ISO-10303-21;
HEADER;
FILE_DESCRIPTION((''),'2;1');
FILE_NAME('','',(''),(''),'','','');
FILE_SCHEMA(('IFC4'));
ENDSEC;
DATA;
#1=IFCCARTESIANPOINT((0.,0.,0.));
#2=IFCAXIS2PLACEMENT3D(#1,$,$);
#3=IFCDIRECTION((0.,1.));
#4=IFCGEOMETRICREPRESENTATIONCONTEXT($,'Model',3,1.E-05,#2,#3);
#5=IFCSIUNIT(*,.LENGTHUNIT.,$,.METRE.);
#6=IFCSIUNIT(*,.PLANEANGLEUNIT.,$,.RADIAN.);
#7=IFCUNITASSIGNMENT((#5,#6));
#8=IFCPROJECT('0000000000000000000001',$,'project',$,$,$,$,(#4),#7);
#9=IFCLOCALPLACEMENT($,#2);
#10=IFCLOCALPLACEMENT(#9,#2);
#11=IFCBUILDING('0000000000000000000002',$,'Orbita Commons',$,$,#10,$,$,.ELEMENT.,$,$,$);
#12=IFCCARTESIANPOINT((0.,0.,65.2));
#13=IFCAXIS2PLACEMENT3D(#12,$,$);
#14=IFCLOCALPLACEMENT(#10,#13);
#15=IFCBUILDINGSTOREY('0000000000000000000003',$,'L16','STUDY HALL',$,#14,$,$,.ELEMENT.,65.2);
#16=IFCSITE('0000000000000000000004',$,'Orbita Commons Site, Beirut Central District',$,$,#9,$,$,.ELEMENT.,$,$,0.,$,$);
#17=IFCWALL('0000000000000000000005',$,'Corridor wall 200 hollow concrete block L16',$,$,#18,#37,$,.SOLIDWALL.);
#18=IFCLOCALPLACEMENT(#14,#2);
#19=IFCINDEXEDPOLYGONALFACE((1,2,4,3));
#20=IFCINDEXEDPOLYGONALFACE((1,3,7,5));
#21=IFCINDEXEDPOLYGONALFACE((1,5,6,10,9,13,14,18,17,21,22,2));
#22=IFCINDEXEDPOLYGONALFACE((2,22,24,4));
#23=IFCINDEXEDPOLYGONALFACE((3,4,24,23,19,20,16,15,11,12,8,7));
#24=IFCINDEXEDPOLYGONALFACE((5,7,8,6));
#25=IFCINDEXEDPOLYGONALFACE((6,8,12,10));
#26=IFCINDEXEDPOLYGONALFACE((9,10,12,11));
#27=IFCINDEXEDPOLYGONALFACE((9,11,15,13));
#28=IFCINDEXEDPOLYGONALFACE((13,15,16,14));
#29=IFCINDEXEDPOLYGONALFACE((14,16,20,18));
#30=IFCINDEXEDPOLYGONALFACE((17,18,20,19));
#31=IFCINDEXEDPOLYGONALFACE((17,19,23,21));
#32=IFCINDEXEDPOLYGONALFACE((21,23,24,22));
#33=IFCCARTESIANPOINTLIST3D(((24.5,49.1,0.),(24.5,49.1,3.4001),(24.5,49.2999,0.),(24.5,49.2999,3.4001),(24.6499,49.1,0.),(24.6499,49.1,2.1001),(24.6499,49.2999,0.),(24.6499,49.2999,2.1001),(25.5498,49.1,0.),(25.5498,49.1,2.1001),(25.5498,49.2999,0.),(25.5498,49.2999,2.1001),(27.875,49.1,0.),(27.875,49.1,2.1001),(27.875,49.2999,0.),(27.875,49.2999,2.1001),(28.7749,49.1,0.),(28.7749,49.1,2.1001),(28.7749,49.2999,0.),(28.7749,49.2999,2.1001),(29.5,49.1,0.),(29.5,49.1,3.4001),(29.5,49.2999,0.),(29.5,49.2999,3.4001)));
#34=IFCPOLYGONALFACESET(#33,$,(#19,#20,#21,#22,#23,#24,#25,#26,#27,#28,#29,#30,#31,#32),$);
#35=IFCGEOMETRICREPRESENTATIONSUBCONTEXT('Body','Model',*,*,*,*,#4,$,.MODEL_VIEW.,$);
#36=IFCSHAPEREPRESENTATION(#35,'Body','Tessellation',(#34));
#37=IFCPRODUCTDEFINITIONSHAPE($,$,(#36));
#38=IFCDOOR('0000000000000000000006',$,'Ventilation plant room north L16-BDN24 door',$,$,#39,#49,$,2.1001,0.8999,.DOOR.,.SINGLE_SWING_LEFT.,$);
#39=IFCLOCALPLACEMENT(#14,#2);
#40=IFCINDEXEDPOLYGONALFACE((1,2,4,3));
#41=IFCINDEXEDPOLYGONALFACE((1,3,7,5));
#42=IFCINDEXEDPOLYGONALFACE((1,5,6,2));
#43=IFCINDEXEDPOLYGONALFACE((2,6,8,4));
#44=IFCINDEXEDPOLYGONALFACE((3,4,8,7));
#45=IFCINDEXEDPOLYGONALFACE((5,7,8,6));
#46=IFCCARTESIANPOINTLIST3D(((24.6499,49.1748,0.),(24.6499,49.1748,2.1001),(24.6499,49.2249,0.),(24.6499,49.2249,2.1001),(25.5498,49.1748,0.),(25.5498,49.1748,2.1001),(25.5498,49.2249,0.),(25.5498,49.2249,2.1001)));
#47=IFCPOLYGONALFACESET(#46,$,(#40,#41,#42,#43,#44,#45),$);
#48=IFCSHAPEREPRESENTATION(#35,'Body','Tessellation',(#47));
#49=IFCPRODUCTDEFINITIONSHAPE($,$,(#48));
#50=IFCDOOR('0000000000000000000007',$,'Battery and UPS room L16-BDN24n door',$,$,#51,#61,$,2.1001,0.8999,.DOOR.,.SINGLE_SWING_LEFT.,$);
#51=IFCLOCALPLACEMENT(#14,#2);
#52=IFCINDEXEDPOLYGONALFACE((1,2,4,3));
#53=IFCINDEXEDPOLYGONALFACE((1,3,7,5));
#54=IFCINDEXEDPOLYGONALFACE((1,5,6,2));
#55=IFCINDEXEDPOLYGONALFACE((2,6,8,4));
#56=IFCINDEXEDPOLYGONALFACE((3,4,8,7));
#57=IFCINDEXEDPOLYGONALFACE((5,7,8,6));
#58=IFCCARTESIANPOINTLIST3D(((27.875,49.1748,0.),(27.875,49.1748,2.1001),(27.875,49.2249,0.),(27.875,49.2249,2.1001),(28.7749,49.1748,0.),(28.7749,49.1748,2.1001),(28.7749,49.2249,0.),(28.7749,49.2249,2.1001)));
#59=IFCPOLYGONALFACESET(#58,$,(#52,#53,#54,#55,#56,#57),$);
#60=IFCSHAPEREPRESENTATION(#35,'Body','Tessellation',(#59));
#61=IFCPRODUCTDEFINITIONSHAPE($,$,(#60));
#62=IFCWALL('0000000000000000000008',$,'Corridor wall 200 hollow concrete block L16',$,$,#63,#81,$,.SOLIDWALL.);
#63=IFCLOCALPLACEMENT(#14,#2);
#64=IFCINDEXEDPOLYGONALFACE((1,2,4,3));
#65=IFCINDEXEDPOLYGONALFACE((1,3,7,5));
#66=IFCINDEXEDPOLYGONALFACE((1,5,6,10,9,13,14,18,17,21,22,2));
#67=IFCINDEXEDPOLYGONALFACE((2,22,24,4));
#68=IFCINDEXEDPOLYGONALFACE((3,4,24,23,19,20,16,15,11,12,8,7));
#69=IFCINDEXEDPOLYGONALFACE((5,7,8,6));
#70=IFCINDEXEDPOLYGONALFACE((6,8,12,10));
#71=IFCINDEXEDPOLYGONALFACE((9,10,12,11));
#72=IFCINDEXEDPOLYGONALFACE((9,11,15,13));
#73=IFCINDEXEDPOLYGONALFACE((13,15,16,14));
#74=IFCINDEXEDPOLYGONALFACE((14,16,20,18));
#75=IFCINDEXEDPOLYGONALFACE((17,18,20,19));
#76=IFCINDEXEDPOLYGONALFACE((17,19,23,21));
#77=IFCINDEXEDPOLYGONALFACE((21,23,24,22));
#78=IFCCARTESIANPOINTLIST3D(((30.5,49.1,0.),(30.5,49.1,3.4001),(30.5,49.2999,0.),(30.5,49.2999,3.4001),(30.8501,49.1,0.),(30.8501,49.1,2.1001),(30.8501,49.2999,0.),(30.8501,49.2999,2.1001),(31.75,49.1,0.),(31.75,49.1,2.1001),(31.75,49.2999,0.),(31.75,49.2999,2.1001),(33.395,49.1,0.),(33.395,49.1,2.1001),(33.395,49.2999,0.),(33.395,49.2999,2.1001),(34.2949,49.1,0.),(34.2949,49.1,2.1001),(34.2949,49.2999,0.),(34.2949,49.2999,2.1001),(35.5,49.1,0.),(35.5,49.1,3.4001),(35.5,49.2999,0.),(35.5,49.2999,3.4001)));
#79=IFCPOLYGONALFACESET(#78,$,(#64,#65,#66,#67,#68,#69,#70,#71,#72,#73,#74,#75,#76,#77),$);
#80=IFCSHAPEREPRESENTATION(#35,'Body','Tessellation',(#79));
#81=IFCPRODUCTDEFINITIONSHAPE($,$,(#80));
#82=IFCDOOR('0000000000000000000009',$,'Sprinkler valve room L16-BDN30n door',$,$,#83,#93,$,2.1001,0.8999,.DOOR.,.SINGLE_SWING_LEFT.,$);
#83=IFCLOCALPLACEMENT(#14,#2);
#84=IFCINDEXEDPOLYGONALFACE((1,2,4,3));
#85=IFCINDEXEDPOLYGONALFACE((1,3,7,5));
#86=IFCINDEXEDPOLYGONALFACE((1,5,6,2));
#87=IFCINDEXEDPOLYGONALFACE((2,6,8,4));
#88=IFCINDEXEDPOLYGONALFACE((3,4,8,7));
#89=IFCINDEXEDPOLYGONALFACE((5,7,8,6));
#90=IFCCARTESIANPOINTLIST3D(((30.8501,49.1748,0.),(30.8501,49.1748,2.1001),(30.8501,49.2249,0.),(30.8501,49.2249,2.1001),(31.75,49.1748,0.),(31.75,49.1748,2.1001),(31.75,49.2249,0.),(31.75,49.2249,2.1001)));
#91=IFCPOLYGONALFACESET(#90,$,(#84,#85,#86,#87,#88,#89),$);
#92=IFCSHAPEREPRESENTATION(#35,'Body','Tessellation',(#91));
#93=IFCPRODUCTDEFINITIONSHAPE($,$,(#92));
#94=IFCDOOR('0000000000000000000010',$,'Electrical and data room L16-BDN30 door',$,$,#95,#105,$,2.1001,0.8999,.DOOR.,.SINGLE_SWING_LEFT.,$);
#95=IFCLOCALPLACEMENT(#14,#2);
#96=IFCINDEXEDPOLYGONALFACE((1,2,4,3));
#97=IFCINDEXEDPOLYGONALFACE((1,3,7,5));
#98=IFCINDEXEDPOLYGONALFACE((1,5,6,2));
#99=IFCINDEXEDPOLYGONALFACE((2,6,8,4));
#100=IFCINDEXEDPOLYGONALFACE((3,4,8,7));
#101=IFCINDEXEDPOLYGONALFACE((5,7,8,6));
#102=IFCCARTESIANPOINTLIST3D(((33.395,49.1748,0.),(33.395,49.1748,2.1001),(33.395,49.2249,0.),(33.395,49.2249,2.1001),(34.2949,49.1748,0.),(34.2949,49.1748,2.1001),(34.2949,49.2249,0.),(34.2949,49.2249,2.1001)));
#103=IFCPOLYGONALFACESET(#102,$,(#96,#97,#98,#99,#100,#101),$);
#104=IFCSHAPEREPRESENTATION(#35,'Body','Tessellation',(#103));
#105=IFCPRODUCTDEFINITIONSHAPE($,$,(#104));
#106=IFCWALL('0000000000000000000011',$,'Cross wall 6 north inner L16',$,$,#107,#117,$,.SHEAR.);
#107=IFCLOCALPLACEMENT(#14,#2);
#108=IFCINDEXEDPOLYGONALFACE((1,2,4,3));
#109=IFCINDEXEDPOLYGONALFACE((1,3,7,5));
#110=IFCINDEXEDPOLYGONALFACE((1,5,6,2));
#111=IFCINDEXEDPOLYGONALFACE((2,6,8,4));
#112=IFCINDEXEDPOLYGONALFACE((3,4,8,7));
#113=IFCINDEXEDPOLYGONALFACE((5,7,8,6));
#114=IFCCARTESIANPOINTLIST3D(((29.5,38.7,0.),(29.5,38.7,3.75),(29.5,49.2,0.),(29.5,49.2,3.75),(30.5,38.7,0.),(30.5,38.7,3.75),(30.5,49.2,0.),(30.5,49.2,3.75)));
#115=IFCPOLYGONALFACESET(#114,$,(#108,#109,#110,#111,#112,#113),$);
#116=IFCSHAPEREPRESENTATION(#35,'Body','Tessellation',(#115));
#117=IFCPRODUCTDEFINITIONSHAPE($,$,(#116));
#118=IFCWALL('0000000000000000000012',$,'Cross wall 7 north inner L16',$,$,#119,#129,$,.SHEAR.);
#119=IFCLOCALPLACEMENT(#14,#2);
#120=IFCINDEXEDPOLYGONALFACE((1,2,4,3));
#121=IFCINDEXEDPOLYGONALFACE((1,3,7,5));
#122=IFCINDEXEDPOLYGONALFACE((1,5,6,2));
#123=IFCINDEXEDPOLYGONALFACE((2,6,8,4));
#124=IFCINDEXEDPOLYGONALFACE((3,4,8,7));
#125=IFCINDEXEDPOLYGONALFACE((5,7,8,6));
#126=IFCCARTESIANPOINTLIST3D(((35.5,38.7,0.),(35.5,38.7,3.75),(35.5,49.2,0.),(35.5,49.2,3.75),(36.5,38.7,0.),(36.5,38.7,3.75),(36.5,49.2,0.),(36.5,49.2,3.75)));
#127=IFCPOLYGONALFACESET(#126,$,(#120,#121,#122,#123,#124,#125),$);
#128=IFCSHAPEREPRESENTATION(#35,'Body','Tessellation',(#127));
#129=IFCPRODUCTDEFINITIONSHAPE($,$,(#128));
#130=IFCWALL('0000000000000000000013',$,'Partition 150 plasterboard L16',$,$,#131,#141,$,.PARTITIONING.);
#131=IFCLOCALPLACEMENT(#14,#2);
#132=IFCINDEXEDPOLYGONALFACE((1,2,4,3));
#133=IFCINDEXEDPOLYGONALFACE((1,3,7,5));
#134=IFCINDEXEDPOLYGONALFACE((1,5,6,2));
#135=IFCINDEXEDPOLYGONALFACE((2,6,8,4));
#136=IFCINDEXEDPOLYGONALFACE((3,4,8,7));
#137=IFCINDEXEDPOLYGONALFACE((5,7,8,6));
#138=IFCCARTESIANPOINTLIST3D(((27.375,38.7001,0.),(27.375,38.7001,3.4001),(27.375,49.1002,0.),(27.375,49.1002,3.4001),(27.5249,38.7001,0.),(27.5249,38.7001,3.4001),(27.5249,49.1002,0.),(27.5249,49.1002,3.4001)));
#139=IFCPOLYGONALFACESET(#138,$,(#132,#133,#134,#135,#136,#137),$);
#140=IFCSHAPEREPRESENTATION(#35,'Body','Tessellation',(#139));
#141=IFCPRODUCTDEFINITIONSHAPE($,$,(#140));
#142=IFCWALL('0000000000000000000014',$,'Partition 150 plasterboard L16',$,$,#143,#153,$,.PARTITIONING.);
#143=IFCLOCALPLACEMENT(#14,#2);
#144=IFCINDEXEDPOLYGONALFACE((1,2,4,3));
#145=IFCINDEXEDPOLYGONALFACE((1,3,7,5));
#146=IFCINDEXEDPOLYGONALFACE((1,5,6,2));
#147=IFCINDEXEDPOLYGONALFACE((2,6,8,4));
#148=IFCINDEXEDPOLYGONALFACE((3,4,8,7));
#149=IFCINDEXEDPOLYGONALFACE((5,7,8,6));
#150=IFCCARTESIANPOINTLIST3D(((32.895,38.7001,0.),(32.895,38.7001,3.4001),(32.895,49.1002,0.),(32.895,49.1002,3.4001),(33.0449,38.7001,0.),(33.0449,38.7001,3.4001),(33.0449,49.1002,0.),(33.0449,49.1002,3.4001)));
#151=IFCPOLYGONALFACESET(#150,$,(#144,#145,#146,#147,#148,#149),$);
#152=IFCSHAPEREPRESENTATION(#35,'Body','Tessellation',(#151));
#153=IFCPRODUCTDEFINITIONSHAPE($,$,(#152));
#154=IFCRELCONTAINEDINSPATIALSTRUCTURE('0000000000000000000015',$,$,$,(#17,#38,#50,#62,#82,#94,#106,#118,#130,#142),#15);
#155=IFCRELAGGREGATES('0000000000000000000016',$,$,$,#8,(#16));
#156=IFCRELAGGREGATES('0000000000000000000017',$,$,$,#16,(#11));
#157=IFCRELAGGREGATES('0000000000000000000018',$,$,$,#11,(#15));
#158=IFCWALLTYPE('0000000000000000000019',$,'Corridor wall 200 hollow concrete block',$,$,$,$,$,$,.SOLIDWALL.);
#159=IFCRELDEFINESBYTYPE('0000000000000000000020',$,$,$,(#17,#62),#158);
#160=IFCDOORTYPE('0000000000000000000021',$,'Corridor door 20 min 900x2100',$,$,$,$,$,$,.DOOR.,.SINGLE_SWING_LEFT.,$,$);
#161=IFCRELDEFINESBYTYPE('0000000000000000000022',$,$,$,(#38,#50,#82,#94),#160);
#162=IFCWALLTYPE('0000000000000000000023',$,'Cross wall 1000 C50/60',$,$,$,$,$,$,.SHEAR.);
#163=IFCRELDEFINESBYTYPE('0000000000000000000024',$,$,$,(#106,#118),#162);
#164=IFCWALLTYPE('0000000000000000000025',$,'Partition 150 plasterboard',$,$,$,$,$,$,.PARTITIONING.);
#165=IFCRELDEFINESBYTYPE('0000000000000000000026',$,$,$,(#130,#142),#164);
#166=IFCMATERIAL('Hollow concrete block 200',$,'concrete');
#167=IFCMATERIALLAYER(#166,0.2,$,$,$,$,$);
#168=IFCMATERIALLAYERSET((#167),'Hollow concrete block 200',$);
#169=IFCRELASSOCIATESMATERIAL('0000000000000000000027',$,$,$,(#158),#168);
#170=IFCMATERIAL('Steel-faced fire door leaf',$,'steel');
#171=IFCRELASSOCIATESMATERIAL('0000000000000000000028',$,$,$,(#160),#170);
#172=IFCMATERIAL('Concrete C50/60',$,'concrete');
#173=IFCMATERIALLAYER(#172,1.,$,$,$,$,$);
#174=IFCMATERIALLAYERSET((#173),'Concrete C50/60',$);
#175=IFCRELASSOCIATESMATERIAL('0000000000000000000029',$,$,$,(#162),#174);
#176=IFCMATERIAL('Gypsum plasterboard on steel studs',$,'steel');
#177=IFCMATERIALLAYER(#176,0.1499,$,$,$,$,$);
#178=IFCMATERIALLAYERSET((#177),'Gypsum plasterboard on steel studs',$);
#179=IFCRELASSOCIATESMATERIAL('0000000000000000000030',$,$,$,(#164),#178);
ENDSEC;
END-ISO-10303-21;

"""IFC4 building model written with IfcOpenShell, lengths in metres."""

from ifc_helpers import new_model, si_unit, direction, frame, frame_2d, origin, place, context, subcontext, project, spatial, rectangle, extrude, material, layer, layer_set, type_object, element, fill, save


model = new_model("IFC4")

# Units and contexts
model_context = context("Model", 3, precision=1e-05, world=origin(), true_north=direction((0.0, 1.0)))
body_context = subcontext(model_context, "Body", "Model", "MODEL_VIEW")
ifc_project = project(units=[si_unit("LENGTHUNIT", "METRE"), si_unit("PLANEANGLEUNIT", "RADIAN")], contexts=[model_context])

# Site, building, storey
site_placement = place(None, origin())
site = spatial("IfcSite", under=ifc_project, at=site_placement, Name="Orbita Commons Site, Beirut Central District", CompositionType="ELEMENT", RefElevation=0.0)
building_placement = place(site_placement, origin())
building = spatial("IfcBuilding", under=site, at=building_placement, Name="Orbita Commons", CompositionType="ELEMENT")
storey_placement = place(building_placement, frame((0.0, 0.0, 65.2)))
storey = spatial("IfcBuildingStorey", under=building, at=storey_placement, Name="L16", Description="STUDY HALL", CompositionType="ELEMENT", Elevation=65.2)

# Walls, openings, doors
ifc_material_1 = material(Name="Hollow concrete block 200", Category="concrete")
ifc_layer_1 = layer(ifc_material_1, 0.2)
ifc_layer_set_1 = layer_set([ifc_layer_1], Name="Hollow concrete block 200")
wall_type_1 = type_object("IfcWallType", Name="Corridor wall 200 hollow concrete block", PredefinedType="SOLIDWALL", material=ifc_layer_set_1)
wall_1_placement = place(storey_placement, frame((24.5, 49.2, 0.0), z_axis=(0.0, 0.0, 1.0), x_axis=(1.0, 0.0, 0.0)))
wall_1 = element("IfcWall", 1, at=wall_1_placement, inside=storey, type_object=wall_type_1, Name="Corridor wall 200 hollow concrete block L16", PredefinedType="SOLIDWALL", context=body_context, shape_type="SweptSolid", body=[
    extrude(rectangle(XDim=5.0, YDim=0.2, at=frame_2d((2.5, 0.0))), origin(), (0.0, 0.0, 1.0), 3.4001),
])
opening_1_placement = place(wall_1_placement, frame((0.1499, 0.0, 0.0)))
opening_1 = element("IfcOpeningElement", 2, at=opening_1_placement, cuts=wall_1, PredefinedType="OPENING", context=body_context, shape_type="SweptSolid", body=[
    extrude(rectangle(XDim=0.8999, YDim=2.1001, at=frame_2d((0.45, 1.05))), frame((0.0, 0.1099, 0.0), z_axis=(0.0, -1.0, 0.0), x_axis=(1.0, 0.0, 0.0)), (0.0, 0.0, 1.0), 0.22),
])
opening_2_placement = place(wall_1_placement, frame((3.375, 0.0, 0.0)))
opening_2 = element("IfcOpeningElement", 3, at=opening_2_placement, cuts=wall_1, PredefinedType="OPENING", context=body_context, shape_type="SweptSolid", body=[
    extrude(rectangle(XDim=0.8999, YDim=2.1001, at=frame_2d((0.45, 1.05))), frame((0.0, 0.1099, 0.0), z_axis=(0.0, -1.0, 0.0), x_axis=(1.0, 0.0, 0.0)), (0.0, 0.0, 1.0), 0.22),
])
ifc_material_2 = material(Name="Steel-faced fire door leaf", Category="steel")
door_type_1 = type_object("IfcDoorType", Name="Corridor door 20 min 900x2100", OperationType="SINGLE_SWING_LEFT", PredefinedType="DOOR", material=ifc_material_2)
door_1_placement = place(opening_1_placement, origin())
door_1 = element("IfcDoor", 4, at=door_1_placement, inside=storey, type_object=door_type_1, Name="Ventilation plant room north L16-BDN24 door", OperationType="SINGLE_SWING_LEFT", OverallHeight=2.1001, OverallWidth=0.8999, PredefinedType="DOOR", context=body_context, shape_type="SweptSolid", body=[
    extrude(rectangle(XDim=0.8999, YDim=2.1001, at=frame_2d((0.45, 1.05))), frame((0.0, 0.0249, 0.0), z_axis=(0.0, -1.0, 0.0), x_axis=(1.0, 0.0, 0.0)), (0.0, 0.0, 1.0), 0.05),
])
fill(opening_1, door_1)
door_2_placement = place(opening_2_placement, origin())
door_2 = element("IfcDoor", 5, at=door_2_placement, inside=storey, type_object=door_type_1, Name="Battery and UPS room L16-BDN24n door", OperationType="SINGLE_SWING_LEFT", OverallHeight=2.1001, OverallWidth=0.8999, PredefinedType="DOOR", context=body_context, shape_type="SweptSolid", body=[
    extrude(rectangle(XDim=0.8999, YDim=2.1001, at=frame_2d((0.45, 1.05))), frame((0.0, 0.0249, 0.0), z_axis=(0.0, -1.0, 0.0), x_axis=(1.0, 0.0, 0.0)), (0.0, 0.0, 1.0), 0.05),
])
fill(opening_2, door_2)
wall_2_placement = place(storey_placement, frame((30.5, 49.2, 0.0), z_axis=(0.0, 0.0, 1.0), x_axis=(1.0, 0.0, 0.0)))
wall_2 = element("IfcWall", 6, at=wall_2_placement, inside=storey, type_object=wall_type_1, Name="Corridor wall 200 hollow concrete block L16", PredefinedType="SOLIDWALL", context=body_context, shape_type="SweptSolid", body=[
    extrude(rectangle(XDim=5.0, YDim=0.2, at=frame_2d((2.5, 0.0))), origin(), (0.0, 0.0, 1.0), 3.4001),
])
opening_3_placement = place(wall_2_placement, frame((0.3501, 0.0, 0.0)))
opening_3 = element("IfcOpeningElement", 7, at=opening_3_placement, cuts=wall_2, PredefinedType="OPENING", context=body_context, shape_type="SweptSolid", body=[
    extrude(rectangle(XDim=0.8999, YDim=2.1001, at=frame_2d((0.45, 1.05))), frame((0.0, 0.1099, 0.0), z_axis=(0.0, -1.0, 0.0), x_axis=(1.0, 0.0, 0.0)), (0.0, 0.0, 1.0), 0.22),
])
opening_4_placement = place(wall_2_placement, frame((2.895, 0.0, 0.0)))
opening_4 = element("IfcOpeningElement", 8, at=opening_4_placement, cuts=wall_2, PredefinedType="OPENING", context=body_context, shape_type="SweptSolid", body=[
    extrude(rectangle(XDim=0.8999, YDim=2.1001, at=frame_2d((0.45, 1.05))), frame((0.0, 0.1099, 0.0), z_axis=(0.0, -1.0, 0.0), x_axis=(1.0, 0.0, 0.0)), (0.0, 0.0, 1.0), 0.22),
])
door_3_placement = place(opening_3_placement, origin())
door_3 = element("IfcDoor", 9, at=door_3_placement, inside=storey, type_object=door_type_1, Name="Sprinkler valve room L16-BDN30n door", OperationType="SINGLE_SWING_LEFT", OverallHeight=2.1001, OverallWidth=0.8999, PredefinedType="DOOR", context=body_context, shape_type="SweptSolid", body=[
    extrude(rectangle(XDim=0.8999, YDim=2.1001, at=frame_2d((0.45, 1.05))), frame((0.0, 0.0249, 0.0), z_axis=(0.0, -1.0, 0.0), x_axis=(1.0, 0.0, 0.0)), (0.0, 0.0, 1.0), 0.05),
])
fill(opening_3, door_3)
door_4_placement = place(opening_4_placement, origin())
door_4 = element("IfcDoor", 10, at=door_4_placement, inside=storey, type_object=door_type_1, Name="Electrical and data room L16-BDN30 door", OperationType="SINGLE_SWING_LEFT", OverallHeight=2.1001, OverallWidth=0.8999, PredefinedType="DOOR", context=body_context, shape_type="SweptSolid", body=[
    extrude(rectangle(XDim=0.8999, YDim=2.1001, at=frame_2d((0.45, 1.05))), frame((0.0, 0.0249, 0.0), z_axis=(0.0, -1.0, 0.0), x_axis=(1.0, 0.0, 0.0)), (0.0, 0.0, 1.0), 0.05),
])
fill(opening_4, door_4)

# Walls
ifc_material_3 = material(Name="Concrete C50/60", Category="concrete")
ifc_layer_2 = layer(ifc_material_3, 1.0)
ifc_layer_set_2 = layer_set([ifc_layer_2], Name="Concrete C50/60")
wall_type_2 = type_object("IfcWallType", Name="Cross wall 1000 C50/60", PredefinedType="SHEAR", material=ifc_layer_set_2)
for number, where, z_axis, x_axis, name in (
    (11, (30.0, 38.7, 0.0), (0.0, 0.0, 1.0), (0.0, 1.0, 0.0), "Cross wall 6 north inner L16"),
    (12, (36.0, 38.7, 0.0), (0.0, 0.0, 1.0), (0.0, 1.0, 0.0), "Cross wall 7 north inner L16"),
):
    element("IfcWall", number, at=place(storey_placement, frame(where, z_axis=z_axis, x_axis=x_axis)), inside=storey, type_object=wall_type_2, Name=name, PredefinedType="SHEAR", context=body_context, shape_type="SweptSolid", body=[
        extrude(rectangle(XDim=10.5, YDim=1.0, at=frame_2d((5.25, 0.0))), origin(), (0.0, 0.0, 1.0), 3.75),
    ])
ifc_material_4 = material(Name="Gypsum plasterboard on steel studs", Category="steel")
ifc_layer_3 = layer(ifc_material_4, 0.1499)
ifc_layer_set_3 = layer_set([ifc_layer_3], Name="Gypsum plasterboard on steel studs")
wall_type_3 = type_object("IfcWallType", Name="Partition 150 plasterboard", PredefinedType="PARTITIONING", material=ifc_layer_set_3)
for number, where, z_axis, x_axis, name in (
    (13, (27.45, 38.7, 0.0), (0.0, 0.0, 1.0), (0.0, 1.0, 0.0), "Partition 150 plasterboard L16"),
    (14, (32.97, 38.7, 0.0), (0.0, 0.0, 1.0), (0.0, 1.0, 0.0), "Partition 150 plasterboard L16"),
):
    element("IfcWall", number, at=place(storey_placement, frame(where, z_axis=z_axis, x_axis=x_axis)), inside=storey, type_object=wall_type_3, Name=name, PredefinedType="PARTITIONING", context=body_context, shape_type="SweptSolid", body=[
        extrude(rectangle(XDim=10.4001, YDim=0.1499, at=frame_2d((5.2002, 0.0))), origin(), (0.0, 0.0, 1.0), 3.4001),
    ])

save(model, "model.ifc")
